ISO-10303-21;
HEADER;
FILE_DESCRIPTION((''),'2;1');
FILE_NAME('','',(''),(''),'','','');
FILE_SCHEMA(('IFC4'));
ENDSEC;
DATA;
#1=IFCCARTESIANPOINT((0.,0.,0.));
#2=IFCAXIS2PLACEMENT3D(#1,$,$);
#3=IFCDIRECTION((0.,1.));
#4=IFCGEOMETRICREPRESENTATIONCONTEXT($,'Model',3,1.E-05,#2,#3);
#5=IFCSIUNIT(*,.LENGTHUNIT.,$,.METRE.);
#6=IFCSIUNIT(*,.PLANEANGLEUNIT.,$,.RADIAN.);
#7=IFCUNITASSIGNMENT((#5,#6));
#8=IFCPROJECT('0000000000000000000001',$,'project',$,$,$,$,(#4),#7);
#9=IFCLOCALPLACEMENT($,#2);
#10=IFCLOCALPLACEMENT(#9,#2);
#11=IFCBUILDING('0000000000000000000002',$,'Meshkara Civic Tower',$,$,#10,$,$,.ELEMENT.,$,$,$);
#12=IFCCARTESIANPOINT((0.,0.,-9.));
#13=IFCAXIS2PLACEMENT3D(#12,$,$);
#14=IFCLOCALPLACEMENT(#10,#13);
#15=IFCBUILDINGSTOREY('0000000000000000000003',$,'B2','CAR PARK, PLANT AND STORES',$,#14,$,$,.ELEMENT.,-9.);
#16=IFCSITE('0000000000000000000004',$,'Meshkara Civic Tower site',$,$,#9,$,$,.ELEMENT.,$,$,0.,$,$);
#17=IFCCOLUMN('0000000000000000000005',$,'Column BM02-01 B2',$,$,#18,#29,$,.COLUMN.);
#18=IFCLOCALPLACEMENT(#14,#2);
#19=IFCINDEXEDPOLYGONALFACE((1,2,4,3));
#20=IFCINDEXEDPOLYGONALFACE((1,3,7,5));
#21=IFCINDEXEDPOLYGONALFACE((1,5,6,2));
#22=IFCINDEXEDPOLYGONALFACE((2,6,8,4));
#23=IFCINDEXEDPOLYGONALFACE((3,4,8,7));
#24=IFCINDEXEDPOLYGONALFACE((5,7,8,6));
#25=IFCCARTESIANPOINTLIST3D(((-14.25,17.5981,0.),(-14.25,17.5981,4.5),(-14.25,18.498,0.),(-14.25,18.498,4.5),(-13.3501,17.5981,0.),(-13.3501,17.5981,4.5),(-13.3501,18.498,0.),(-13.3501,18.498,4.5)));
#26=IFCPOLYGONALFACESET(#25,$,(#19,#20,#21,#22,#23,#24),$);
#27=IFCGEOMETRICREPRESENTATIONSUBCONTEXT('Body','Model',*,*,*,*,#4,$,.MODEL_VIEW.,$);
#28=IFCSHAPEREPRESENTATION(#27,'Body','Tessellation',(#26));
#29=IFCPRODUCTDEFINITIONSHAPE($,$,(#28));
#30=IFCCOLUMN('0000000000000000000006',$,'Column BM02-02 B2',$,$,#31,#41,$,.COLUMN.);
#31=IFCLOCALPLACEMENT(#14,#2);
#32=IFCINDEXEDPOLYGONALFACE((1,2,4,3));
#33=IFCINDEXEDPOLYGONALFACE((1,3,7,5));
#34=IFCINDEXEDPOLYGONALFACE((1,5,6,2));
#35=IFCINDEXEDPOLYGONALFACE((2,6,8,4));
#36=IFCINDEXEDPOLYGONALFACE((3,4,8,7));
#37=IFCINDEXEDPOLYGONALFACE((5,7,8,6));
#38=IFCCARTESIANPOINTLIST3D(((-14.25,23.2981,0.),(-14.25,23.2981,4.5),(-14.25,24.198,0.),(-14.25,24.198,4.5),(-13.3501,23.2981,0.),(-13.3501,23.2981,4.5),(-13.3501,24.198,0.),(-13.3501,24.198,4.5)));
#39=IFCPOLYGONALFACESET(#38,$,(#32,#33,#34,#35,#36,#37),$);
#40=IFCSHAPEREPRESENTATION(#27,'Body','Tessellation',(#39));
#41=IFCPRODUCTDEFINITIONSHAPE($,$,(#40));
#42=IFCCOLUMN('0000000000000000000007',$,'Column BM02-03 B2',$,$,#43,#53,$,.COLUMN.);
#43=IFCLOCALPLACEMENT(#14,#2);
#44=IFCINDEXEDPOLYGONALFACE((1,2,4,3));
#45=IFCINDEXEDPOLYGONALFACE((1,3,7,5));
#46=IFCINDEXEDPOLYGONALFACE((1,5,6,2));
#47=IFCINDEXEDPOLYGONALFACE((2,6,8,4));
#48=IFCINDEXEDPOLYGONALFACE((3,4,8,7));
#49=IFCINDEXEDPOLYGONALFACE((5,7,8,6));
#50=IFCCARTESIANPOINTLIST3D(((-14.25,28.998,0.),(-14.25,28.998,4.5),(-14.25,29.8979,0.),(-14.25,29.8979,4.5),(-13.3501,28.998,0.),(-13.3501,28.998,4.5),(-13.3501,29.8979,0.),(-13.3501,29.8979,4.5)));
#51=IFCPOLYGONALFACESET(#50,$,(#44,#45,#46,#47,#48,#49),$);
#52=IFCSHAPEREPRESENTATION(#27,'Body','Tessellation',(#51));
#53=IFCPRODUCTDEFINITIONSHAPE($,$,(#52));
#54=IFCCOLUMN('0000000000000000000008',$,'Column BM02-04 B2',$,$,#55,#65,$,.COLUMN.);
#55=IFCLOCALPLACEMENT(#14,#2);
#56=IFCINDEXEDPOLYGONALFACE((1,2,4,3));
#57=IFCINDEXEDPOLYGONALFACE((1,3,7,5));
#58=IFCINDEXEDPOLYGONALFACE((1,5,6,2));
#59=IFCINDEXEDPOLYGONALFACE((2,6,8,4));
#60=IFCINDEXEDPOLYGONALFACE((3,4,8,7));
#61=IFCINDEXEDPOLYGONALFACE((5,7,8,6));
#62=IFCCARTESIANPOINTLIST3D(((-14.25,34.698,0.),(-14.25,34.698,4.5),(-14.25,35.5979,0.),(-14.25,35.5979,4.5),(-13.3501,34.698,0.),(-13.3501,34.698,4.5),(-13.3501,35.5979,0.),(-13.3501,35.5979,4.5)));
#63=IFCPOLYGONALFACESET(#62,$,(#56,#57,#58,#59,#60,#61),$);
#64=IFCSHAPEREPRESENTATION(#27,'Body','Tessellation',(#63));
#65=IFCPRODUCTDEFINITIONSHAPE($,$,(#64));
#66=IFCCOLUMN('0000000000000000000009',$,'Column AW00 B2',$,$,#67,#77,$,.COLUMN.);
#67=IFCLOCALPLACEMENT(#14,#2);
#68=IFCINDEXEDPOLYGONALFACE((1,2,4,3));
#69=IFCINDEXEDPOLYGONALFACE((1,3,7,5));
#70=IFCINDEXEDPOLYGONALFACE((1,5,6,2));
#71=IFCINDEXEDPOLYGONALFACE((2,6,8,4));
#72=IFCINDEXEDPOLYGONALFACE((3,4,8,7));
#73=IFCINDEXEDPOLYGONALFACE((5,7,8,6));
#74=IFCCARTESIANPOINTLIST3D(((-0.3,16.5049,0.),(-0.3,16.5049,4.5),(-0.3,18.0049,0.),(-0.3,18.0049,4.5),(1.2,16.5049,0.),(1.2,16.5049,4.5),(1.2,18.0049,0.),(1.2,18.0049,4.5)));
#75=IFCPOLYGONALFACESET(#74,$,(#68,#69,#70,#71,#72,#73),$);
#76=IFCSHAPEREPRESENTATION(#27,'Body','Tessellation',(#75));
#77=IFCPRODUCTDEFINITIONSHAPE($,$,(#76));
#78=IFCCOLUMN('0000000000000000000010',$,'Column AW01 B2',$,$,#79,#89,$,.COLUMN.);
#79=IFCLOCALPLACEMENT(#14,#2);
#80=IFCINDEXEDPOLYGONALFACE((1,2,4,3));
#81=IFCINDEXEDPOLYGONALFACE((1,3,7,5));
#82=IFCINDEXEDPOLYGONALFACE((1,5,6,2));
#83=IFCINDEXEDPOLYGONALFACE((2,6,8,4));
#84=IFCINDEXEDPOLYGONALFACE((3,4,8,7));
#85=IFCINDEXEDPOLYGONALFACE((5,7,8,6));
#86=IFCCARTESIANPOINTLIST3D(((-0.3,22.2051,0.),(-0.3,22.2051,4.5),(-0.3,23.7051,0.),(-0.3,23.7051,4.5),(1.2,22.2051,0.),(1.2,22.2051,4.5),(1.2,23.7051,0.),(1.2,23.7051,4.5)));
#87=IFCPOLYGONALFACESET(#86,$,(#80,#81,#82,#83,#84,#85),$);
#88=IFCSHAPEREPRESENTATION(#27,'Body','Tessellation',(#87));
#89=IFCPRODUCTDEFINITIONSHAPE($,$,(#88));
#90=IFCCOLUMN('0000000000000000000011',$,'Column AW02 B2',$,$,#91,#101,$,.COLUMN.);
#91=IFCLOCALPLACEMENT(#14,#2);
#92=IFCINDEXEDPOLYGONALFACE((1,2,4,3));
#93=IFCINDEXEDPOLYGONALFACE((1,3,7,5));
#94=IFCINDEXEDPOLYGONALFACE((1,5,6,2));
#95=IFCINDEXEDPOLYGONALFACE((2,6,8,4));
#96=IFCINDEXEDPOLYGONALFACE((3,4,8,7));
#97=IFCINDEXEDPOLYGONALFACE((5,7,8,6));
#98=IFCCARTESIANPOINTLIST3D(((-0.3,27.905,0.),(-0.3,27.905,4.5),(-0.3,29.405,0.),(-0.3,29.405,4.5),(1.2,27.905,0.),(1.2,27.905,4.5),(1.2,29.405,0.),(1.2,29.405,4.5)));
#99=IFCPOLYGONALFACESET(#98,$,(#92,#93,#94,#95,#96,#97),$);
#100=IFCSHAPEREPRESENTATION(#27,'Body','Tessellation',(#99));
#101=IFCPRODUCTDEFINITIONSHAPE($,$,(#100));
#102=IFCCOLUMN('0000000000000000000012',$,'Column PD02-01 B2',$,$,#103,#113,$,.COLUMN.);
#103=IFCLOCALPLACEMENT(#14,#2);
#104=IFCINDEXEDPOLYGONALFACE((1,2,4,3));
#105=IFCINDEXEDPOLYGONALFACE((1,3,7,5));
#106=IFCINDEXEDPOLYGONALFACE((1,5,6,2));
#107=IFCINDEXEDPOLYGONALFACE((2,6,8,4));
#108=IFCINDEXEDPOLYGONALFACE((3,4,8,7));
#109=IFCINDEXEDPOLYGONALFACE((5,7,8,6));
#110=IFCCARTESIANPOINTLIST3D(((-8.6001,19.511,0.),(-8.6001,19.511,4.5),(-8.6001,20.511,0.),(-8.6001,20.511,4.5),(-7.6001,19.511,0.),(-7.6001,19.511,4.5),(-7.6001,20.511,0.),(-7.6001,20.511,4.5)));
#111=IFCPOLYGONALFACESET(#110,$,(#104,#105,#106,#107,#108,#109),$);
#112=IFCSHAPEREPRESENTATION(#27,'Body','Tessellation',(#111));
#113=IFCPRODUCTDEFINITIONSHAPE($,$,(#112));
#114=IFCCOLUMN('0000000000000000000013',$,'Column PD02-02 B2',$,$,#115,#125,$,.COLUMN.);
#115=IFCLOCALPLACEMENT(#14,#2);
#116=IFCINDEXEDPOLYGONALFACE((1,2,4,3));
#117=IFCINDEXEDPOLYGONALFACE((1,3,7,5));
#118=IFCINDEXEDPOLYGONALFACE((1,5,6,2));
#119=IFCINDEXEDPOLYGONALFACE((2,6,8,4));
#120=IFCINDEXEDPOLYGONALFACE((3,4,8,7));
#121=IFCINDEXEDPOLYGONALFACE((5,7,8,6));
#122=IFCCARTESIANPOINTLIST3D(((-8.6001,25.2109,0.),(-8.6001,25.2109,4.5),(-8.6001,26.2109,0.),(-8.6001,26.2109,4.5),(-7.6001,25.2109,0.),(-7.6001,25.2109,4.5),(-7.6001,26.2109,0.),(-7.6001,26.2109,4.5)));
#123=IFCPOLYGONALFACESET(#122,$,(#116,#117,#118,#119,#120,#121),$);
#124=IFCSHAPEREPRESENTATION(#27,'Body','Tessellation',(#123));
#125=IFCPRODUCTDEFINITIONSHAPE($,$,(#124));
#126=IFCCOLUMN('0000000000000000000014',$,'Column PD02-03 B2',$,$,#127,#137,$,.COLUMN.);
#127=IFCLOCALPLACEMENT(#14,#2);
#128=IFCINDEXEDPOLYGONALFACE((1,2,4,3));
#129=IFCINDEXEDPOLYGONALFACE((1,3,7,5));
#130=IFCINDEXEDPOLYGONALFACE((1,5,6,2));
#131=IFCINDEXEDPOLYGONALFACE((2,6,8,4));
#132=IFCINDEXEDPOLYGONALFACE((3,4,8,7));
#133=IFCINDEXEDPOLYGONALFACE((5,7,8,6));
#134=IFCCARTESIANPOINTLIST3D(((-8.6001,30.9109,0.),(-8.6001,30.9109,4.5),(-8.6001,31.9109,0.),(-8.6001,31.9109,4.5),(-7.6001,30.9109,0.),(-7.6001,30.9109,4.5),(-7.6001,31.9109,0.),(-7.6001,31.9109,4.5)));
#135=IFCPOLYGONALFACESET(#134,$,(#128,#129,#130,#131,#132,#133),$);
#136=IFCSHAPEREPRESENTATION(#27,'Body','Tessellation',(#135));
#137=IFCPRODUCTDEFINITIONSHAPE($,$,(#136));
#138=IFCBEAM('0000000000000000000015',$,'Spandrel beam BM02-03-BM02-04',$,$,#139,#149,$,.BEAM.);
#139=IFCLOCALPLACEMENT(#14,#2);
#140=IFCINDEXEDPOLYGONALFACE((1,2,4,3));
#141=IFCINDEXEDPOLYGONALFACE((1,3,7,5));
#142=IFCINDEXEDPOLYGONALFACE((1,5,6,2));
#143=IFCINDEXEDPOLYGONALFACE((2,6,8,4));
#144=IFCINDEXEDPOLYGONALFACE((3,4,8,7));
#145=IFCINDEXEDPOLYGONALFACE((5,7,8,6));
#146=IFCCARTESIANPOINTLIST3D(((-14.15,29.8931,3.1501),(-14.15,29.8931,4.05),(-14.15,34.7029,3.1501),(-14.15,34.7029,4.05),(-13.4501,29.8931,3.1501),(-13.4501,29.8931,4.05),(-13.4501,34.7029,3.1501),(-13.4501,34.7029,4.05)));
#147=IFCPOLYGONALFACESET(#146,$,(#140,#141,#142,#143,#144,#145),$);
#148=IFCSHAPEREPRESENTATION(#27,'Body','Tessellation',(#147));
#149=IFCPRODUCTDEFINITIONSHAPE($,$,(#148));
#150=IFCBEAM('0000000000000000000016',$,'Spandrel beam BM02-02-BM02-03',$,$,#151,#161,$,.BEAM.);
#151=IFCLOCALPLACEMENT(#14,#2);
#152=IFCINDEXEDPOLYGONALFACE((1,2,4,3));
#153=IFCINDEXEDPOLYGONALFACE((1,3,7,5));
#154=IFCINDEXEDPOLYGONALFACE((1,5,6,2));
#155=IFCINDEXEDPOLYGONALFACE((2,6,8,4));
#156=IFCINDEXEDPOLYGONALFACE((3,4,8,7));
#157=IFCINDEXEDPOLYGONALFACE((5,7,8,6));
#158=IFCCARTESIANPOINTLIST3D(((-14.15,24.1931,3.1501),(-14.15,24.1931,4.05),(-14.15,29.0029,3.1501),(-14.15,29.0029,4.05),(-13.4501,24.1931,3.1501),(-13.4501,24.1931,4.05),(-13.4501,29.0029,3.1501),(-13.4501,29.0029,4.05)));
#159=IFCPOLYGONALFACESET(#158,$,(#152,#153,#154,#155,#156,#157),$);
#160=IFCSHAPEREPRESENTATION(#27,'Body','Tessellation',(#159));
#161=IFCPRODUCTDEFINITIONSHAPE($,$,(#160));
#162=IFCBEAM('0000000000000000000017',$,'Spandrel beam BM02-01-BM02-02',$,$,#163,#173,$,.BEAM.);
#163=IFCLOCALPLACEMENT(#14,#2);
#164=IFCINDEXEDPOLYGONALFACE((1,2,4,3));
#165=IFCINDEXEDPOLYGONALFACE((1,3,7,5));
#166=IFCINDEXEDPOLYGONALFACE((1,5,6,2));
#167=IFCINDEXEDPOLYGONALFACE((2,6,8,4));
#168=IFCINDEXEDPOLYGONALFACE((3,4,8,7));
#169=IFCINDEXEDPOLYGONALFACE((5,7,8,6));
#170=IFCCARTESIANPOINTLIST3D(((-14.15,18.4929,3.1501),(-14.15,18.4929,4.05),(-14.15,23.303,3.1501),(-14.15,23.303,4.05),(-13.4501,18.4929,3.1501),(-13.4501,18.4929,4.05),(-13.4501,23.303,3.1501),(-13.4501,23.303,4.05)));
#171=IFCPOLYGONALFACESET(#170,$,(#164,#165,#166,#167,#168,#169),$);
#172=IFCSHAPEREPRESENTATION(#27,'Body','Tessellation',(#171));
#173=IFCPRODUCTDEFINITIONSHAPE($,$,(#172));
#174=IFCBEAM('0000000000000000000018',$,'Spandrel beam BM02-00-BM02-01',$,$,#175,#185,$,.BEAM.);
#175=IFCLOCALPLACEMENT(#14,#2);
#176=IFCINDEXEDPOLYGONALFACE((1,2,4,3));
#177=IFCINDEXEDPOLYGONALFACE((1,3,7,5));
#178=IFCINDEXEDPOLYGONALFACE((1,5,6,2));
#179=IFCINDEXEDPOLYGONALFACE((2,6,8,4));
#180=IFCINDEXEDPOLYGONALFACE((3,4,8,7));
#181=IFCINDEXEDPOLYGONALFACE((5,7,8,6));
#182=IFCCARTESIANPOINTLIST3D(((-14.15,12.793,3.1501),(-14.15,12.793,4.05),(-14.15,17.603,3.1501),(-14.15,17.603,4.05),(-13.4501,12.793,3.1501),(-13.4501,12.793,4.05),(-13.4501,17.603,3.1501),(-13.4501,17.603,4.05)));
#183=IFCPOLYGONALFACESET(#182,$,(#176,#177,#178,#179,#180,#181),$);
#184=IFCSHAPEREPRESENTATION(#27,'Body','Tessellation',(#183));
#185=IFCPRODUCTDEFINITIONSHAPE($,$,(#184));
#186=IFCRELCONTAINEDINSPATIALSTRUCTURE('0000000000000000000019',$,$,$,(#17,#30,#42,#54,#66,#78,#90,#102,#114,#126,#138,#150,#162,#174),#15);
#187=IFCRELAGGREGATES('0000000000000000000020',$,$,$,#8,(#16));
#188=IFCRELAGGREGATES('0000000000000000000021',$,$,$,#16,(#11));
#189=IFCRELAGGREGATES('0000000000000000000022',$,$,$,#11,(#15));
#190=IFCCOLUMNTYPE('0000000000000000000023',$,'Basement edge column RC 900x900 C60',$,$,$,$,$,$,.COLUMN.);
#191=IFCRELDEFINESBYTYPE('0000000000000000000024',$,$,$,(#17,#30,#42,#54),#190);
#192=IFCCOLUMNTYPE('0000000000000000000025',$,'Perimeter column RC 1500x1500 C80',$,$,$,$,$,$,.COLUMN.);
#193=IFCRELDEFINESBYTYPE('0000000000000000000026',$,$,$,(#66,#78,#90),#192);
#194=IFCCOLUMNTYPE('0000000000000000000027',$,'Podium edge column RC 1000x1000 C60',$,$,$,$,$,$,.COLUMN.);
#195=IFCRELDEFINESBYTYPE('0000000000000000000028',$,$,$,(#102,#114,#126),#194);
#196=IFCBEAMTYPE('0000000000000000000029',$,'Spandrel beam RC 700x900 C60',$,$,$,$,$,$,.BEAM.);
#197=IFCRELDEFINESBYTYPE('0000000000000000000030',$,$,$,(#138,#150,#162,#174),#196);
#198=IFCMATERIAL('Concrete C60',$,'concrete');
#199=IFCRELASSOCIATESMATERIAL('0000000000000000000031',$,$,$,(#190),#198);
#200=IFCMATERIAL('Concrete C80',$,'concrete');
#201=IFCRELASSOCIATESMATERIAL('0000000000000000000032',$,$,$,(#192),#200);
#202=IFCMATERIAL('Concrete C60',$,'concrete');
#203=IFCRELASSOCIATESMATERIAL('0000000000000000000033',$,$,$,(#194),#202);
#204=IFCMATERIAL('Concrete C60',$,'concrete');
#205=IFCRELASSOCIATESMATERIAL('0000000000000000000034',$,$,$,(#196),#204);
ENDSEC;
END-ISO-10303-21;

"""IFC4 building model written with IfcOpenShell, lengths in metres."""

from ifc_helpers import new_model, si_unit, direction, frame, origin, origin_2d, place, context, subcontext, project, spatial, rectangle, extrude, material, material_profile, profile_set, type_object, element, save


model = new_model("IFC4")

# Units and contexts
model_context = context("Model", 3, precision=1e-05, world=origin(), true_north=direction((0.0, 1.0)))
body_context = subcontext(model_context, "Body", "Model", "MODEL_VIEW")
ifc_project = project(units=[si_unit("LENGTHUNIT", "METRE"), si_unit("PLANEANGLEUNIT", "RADIAN")], contexts=[model_context])

# Site, building, storey
site_placement = place(None, origin())
site = spatial("IfcSite", under=ifc_project, at=site_placement, Name="Meshkara Civic Tower site", CompositionType="ELEMENT", RefElevation=0.0)
building_placement = place(site_placement, origin())
building = spatial("IfcBuilding", under=site, at=building_placement, Name="Meshkara Civic Tower", CompositionType="ELEMENT")
storey_placement = place(building_placement, frame((0.0, 0.0, -9.0)))
storey = spatial("IfcBuildingStorey", under=building, at=storey_placement, Name="B2", Description="CAR PARK, PLANT AND STORES", CompositionType="ELEMENT", Elevation=-9.0)

# Columns
ifc_material_1 = material(Name="Concrete C60", Category="concrete")
ifc_material_profile_1 = material_profile(ifc_material_1, rectangle(XDim=0.8999, YDim=0.8999, at=origin_2d()))
ifc_profile_set_1 = profile_set([ifc_material_profile_1], Name="Concrete C60")
column_type_1 = type_object("IfcColumnType", Name="Basement edge column RC 900x900 C60", PredefinedType="COLUMN", material=ifc_profile_set_1)
for number, where, z_axis, x_axis, name in (
    (1, (-13.8, 18.0481, 0.0), (0.0, 0.0, 1.0), (1.0, 0.0, 0.0), "Column BM02-01 B2"),
    (2, (-13.8, 23.748, 0.0), (0.0, 0.0, 1.0), (1.0, 0.0, 0.0), "Column BM02-02 B2"),
    (3, (-13.8, 29.448, 0.0), (0.0, 0.0, 1.0), (1.0, 0.0, 0.0), "Column BM02-03 B2"),
    (4, (-13.8, 35.1479, 0.0), (0.0, 0.0, 1.0), (1.0, 0.0, 0.0), "Column BM02-04 B2"),
):
    element("IfcColumn", number, at=place(storey_placement, frame(where, z_axis=z_axis, x_axis=x_axis)), inside=storey, type_object=column_type_1, Name=name, PredefinedType="COLUMN", context=body_context, shape_type="SweptSolid", body=[
        extrude(rectangle(XDim=0.8999, YDim=0.8999, at=origin_2d()), origin(), (0.0, 0.0, 1.0), 4.5),
    ])
ifc_material_2 = material(Name="Concrete C80", Category="concrete")
ifc_material_profile_2 = material_profile(ifc_material_2, rectangle(XDim=1.5, YDim=1.5, at=origin_2d()))
ifc_profile_set_2 = profile_set([ifc_material_profile_2], Name="Concrete C80")
column_type_2 = type_object("IfcColumnType", Name="Perimeter column RC 1500x1500 C80", PredefinedType="COLUMN", material=ifc_profile_set_2)
for number, where, z_axis, x_axis, name in (
    (5, (0.45, 17.2549, 0.0), (0.0, 0.0, 1.0), (1.0, 0.0, 0.0), "Column AW00 B2"),
    (6, (0.45, 22.9551, 0.0), (0.0, 0.0, 1.0), (1.0, 0.0, 0.0), "Column AW01 B2"),
    (7, (0.45, 28.655, 0.0), (0.0, 0.0, 1.0), (1.0, 0.0, 0.0), "Column AW02 B2"),
):
    element("IfcColumn", number, at=place(storey_placement, frame(where, z_axis=z_axis, x_axis=x_axis)), inside=storey, type_object=column_type_2, Name=name, PredefinedType="COLUMN", context=body_context, shape_type="SweptSolid", body=[
        extrude(rectangle(XDim=1.5, YDim=1.5, at=origin_2d()), origin(), (0.0, 0.0, 1.0), 4.5),
    ])
ifc_material_3 = material(Name="Concrete C60", Category="concrete")
ifc_material_profile_3 = material_profile(ifc_material_3, rectangle(XDim=1.0, YDim=1.0, at=origin_2d()))
ifc_profile_set_3 = profile_set([ifc_material_profile_3], Name="Concrete C60")
column_type_3 = type_object("IfcColumnType", Name="Podium edge column RC 1000x1000 C60", PredefinedType="COLUMN", material=ifc_profile_set_3)
for number, where, z_axis, x_axis, name in (
    (8, (-8.1001, 20.011, 0.0), (0.0, 0.0, 1.0), (1.0, 0.0, 0.0), "Column PD02-01 B2"),
    (9, (-8.1001, 25.7109, 0.0), (0.0, 0.0, 1.0), (1.0, 0.0, 0.0), "Column PD02-02 B2"),
    (10, (-8.1001, 31.4109, 0.0), (0.0, 0.0, 1.0), (1.0, 0.0, 0.0), "Column PD02-03 B2"),
):
    element("IfcColumn", number, at=place(storey_placement, frame(where, z_axis=z_axis, x_axis=x_axis)), inside=storey, type_object=column_type_3, Name=name, PredefinedType="COLUMN", context=body_context, shape_type="SweptSolid", body=[
        extrude(rectangle(XDim=1.0, YDim=1.0, at=origin_2d()), origin(), (0.0, 0.0, 1.0), 4.5),
    ])

# Beams
ifc_material_4 = material(Name="Concrete C60", Category="concrete")
ifc_material_profile_4 = material_profile(ifc_material_4, rectangle(XDim=0.7, YDim=0.8999, at=origin_2d()))
ifc_profile_set_4 = profile_set([ifc_material_profile_4], Name="Concrete C60")
beam_type = type_object("IfcBeamType", Name="Spandrel beam RC 700x900 C60", PredefinedType="BEAM", material=ifc_profile_set_4)
for number, where, z_axis, x_axis, name in (
    (11, (-13.8, 34.7029, 3.6001), (0.0, -1.0, 0.0), (1.0, 0.0, 0.0), "Spandrel beam BM02-03-BM02-04"),
    (12, (-13.8, 29.0029, 3.6001), (0.0, -1.0, 0.0), (1.0, 0.0, 0.0), "Spandrel beam BM02-02-BM02-03"),
):
    element("IfcBeam", number, at=place(storey_placement, frame(where, z_axis=z_axis, x_axis=x_axis)), inside=storey, type_object=beam_type, Name=name, PredefinedType="BEAM", context=body_context, shape_type="SweptSolid", body=[
        extrude(rectangle(XDim=0.7, YDim=0.8999, at=origin_2d()), origin(), (0.0, 0.0, 1.0), 4.8098),
    ])
for number, where, z_axis, x_axis, name in (
    (13, (-13.8, 23.303, 3.6001), (0.0, -1.0, 0.0), (1.0, 0.0, 0.0), "Spandrel beam BM02-01-BM02-02"),
    (14, (-13.8, 17.603, 3.6001), (0.0, -1.0, 0.0), (1.0, 0.0, 0.0), "Spandrel beam BM02-00-BM02-01"),
):
    element("IfcBeam", number, at=place(storey_placement, frame(where, z_axis=z_axis, x_axis=x_axis)), inside=storey, type_object=beam_type, Name=name, PredefinedType="BEAM", context=body_context, shape_type="SweptSolid", body=[
        extrude(rectangle(XDim=0.7, YDim=0.8999, at=origin_2d()), origin(), (0.0, 0.0, 1.0), 4.8101),
    ])

save(model, "model.ifc")
